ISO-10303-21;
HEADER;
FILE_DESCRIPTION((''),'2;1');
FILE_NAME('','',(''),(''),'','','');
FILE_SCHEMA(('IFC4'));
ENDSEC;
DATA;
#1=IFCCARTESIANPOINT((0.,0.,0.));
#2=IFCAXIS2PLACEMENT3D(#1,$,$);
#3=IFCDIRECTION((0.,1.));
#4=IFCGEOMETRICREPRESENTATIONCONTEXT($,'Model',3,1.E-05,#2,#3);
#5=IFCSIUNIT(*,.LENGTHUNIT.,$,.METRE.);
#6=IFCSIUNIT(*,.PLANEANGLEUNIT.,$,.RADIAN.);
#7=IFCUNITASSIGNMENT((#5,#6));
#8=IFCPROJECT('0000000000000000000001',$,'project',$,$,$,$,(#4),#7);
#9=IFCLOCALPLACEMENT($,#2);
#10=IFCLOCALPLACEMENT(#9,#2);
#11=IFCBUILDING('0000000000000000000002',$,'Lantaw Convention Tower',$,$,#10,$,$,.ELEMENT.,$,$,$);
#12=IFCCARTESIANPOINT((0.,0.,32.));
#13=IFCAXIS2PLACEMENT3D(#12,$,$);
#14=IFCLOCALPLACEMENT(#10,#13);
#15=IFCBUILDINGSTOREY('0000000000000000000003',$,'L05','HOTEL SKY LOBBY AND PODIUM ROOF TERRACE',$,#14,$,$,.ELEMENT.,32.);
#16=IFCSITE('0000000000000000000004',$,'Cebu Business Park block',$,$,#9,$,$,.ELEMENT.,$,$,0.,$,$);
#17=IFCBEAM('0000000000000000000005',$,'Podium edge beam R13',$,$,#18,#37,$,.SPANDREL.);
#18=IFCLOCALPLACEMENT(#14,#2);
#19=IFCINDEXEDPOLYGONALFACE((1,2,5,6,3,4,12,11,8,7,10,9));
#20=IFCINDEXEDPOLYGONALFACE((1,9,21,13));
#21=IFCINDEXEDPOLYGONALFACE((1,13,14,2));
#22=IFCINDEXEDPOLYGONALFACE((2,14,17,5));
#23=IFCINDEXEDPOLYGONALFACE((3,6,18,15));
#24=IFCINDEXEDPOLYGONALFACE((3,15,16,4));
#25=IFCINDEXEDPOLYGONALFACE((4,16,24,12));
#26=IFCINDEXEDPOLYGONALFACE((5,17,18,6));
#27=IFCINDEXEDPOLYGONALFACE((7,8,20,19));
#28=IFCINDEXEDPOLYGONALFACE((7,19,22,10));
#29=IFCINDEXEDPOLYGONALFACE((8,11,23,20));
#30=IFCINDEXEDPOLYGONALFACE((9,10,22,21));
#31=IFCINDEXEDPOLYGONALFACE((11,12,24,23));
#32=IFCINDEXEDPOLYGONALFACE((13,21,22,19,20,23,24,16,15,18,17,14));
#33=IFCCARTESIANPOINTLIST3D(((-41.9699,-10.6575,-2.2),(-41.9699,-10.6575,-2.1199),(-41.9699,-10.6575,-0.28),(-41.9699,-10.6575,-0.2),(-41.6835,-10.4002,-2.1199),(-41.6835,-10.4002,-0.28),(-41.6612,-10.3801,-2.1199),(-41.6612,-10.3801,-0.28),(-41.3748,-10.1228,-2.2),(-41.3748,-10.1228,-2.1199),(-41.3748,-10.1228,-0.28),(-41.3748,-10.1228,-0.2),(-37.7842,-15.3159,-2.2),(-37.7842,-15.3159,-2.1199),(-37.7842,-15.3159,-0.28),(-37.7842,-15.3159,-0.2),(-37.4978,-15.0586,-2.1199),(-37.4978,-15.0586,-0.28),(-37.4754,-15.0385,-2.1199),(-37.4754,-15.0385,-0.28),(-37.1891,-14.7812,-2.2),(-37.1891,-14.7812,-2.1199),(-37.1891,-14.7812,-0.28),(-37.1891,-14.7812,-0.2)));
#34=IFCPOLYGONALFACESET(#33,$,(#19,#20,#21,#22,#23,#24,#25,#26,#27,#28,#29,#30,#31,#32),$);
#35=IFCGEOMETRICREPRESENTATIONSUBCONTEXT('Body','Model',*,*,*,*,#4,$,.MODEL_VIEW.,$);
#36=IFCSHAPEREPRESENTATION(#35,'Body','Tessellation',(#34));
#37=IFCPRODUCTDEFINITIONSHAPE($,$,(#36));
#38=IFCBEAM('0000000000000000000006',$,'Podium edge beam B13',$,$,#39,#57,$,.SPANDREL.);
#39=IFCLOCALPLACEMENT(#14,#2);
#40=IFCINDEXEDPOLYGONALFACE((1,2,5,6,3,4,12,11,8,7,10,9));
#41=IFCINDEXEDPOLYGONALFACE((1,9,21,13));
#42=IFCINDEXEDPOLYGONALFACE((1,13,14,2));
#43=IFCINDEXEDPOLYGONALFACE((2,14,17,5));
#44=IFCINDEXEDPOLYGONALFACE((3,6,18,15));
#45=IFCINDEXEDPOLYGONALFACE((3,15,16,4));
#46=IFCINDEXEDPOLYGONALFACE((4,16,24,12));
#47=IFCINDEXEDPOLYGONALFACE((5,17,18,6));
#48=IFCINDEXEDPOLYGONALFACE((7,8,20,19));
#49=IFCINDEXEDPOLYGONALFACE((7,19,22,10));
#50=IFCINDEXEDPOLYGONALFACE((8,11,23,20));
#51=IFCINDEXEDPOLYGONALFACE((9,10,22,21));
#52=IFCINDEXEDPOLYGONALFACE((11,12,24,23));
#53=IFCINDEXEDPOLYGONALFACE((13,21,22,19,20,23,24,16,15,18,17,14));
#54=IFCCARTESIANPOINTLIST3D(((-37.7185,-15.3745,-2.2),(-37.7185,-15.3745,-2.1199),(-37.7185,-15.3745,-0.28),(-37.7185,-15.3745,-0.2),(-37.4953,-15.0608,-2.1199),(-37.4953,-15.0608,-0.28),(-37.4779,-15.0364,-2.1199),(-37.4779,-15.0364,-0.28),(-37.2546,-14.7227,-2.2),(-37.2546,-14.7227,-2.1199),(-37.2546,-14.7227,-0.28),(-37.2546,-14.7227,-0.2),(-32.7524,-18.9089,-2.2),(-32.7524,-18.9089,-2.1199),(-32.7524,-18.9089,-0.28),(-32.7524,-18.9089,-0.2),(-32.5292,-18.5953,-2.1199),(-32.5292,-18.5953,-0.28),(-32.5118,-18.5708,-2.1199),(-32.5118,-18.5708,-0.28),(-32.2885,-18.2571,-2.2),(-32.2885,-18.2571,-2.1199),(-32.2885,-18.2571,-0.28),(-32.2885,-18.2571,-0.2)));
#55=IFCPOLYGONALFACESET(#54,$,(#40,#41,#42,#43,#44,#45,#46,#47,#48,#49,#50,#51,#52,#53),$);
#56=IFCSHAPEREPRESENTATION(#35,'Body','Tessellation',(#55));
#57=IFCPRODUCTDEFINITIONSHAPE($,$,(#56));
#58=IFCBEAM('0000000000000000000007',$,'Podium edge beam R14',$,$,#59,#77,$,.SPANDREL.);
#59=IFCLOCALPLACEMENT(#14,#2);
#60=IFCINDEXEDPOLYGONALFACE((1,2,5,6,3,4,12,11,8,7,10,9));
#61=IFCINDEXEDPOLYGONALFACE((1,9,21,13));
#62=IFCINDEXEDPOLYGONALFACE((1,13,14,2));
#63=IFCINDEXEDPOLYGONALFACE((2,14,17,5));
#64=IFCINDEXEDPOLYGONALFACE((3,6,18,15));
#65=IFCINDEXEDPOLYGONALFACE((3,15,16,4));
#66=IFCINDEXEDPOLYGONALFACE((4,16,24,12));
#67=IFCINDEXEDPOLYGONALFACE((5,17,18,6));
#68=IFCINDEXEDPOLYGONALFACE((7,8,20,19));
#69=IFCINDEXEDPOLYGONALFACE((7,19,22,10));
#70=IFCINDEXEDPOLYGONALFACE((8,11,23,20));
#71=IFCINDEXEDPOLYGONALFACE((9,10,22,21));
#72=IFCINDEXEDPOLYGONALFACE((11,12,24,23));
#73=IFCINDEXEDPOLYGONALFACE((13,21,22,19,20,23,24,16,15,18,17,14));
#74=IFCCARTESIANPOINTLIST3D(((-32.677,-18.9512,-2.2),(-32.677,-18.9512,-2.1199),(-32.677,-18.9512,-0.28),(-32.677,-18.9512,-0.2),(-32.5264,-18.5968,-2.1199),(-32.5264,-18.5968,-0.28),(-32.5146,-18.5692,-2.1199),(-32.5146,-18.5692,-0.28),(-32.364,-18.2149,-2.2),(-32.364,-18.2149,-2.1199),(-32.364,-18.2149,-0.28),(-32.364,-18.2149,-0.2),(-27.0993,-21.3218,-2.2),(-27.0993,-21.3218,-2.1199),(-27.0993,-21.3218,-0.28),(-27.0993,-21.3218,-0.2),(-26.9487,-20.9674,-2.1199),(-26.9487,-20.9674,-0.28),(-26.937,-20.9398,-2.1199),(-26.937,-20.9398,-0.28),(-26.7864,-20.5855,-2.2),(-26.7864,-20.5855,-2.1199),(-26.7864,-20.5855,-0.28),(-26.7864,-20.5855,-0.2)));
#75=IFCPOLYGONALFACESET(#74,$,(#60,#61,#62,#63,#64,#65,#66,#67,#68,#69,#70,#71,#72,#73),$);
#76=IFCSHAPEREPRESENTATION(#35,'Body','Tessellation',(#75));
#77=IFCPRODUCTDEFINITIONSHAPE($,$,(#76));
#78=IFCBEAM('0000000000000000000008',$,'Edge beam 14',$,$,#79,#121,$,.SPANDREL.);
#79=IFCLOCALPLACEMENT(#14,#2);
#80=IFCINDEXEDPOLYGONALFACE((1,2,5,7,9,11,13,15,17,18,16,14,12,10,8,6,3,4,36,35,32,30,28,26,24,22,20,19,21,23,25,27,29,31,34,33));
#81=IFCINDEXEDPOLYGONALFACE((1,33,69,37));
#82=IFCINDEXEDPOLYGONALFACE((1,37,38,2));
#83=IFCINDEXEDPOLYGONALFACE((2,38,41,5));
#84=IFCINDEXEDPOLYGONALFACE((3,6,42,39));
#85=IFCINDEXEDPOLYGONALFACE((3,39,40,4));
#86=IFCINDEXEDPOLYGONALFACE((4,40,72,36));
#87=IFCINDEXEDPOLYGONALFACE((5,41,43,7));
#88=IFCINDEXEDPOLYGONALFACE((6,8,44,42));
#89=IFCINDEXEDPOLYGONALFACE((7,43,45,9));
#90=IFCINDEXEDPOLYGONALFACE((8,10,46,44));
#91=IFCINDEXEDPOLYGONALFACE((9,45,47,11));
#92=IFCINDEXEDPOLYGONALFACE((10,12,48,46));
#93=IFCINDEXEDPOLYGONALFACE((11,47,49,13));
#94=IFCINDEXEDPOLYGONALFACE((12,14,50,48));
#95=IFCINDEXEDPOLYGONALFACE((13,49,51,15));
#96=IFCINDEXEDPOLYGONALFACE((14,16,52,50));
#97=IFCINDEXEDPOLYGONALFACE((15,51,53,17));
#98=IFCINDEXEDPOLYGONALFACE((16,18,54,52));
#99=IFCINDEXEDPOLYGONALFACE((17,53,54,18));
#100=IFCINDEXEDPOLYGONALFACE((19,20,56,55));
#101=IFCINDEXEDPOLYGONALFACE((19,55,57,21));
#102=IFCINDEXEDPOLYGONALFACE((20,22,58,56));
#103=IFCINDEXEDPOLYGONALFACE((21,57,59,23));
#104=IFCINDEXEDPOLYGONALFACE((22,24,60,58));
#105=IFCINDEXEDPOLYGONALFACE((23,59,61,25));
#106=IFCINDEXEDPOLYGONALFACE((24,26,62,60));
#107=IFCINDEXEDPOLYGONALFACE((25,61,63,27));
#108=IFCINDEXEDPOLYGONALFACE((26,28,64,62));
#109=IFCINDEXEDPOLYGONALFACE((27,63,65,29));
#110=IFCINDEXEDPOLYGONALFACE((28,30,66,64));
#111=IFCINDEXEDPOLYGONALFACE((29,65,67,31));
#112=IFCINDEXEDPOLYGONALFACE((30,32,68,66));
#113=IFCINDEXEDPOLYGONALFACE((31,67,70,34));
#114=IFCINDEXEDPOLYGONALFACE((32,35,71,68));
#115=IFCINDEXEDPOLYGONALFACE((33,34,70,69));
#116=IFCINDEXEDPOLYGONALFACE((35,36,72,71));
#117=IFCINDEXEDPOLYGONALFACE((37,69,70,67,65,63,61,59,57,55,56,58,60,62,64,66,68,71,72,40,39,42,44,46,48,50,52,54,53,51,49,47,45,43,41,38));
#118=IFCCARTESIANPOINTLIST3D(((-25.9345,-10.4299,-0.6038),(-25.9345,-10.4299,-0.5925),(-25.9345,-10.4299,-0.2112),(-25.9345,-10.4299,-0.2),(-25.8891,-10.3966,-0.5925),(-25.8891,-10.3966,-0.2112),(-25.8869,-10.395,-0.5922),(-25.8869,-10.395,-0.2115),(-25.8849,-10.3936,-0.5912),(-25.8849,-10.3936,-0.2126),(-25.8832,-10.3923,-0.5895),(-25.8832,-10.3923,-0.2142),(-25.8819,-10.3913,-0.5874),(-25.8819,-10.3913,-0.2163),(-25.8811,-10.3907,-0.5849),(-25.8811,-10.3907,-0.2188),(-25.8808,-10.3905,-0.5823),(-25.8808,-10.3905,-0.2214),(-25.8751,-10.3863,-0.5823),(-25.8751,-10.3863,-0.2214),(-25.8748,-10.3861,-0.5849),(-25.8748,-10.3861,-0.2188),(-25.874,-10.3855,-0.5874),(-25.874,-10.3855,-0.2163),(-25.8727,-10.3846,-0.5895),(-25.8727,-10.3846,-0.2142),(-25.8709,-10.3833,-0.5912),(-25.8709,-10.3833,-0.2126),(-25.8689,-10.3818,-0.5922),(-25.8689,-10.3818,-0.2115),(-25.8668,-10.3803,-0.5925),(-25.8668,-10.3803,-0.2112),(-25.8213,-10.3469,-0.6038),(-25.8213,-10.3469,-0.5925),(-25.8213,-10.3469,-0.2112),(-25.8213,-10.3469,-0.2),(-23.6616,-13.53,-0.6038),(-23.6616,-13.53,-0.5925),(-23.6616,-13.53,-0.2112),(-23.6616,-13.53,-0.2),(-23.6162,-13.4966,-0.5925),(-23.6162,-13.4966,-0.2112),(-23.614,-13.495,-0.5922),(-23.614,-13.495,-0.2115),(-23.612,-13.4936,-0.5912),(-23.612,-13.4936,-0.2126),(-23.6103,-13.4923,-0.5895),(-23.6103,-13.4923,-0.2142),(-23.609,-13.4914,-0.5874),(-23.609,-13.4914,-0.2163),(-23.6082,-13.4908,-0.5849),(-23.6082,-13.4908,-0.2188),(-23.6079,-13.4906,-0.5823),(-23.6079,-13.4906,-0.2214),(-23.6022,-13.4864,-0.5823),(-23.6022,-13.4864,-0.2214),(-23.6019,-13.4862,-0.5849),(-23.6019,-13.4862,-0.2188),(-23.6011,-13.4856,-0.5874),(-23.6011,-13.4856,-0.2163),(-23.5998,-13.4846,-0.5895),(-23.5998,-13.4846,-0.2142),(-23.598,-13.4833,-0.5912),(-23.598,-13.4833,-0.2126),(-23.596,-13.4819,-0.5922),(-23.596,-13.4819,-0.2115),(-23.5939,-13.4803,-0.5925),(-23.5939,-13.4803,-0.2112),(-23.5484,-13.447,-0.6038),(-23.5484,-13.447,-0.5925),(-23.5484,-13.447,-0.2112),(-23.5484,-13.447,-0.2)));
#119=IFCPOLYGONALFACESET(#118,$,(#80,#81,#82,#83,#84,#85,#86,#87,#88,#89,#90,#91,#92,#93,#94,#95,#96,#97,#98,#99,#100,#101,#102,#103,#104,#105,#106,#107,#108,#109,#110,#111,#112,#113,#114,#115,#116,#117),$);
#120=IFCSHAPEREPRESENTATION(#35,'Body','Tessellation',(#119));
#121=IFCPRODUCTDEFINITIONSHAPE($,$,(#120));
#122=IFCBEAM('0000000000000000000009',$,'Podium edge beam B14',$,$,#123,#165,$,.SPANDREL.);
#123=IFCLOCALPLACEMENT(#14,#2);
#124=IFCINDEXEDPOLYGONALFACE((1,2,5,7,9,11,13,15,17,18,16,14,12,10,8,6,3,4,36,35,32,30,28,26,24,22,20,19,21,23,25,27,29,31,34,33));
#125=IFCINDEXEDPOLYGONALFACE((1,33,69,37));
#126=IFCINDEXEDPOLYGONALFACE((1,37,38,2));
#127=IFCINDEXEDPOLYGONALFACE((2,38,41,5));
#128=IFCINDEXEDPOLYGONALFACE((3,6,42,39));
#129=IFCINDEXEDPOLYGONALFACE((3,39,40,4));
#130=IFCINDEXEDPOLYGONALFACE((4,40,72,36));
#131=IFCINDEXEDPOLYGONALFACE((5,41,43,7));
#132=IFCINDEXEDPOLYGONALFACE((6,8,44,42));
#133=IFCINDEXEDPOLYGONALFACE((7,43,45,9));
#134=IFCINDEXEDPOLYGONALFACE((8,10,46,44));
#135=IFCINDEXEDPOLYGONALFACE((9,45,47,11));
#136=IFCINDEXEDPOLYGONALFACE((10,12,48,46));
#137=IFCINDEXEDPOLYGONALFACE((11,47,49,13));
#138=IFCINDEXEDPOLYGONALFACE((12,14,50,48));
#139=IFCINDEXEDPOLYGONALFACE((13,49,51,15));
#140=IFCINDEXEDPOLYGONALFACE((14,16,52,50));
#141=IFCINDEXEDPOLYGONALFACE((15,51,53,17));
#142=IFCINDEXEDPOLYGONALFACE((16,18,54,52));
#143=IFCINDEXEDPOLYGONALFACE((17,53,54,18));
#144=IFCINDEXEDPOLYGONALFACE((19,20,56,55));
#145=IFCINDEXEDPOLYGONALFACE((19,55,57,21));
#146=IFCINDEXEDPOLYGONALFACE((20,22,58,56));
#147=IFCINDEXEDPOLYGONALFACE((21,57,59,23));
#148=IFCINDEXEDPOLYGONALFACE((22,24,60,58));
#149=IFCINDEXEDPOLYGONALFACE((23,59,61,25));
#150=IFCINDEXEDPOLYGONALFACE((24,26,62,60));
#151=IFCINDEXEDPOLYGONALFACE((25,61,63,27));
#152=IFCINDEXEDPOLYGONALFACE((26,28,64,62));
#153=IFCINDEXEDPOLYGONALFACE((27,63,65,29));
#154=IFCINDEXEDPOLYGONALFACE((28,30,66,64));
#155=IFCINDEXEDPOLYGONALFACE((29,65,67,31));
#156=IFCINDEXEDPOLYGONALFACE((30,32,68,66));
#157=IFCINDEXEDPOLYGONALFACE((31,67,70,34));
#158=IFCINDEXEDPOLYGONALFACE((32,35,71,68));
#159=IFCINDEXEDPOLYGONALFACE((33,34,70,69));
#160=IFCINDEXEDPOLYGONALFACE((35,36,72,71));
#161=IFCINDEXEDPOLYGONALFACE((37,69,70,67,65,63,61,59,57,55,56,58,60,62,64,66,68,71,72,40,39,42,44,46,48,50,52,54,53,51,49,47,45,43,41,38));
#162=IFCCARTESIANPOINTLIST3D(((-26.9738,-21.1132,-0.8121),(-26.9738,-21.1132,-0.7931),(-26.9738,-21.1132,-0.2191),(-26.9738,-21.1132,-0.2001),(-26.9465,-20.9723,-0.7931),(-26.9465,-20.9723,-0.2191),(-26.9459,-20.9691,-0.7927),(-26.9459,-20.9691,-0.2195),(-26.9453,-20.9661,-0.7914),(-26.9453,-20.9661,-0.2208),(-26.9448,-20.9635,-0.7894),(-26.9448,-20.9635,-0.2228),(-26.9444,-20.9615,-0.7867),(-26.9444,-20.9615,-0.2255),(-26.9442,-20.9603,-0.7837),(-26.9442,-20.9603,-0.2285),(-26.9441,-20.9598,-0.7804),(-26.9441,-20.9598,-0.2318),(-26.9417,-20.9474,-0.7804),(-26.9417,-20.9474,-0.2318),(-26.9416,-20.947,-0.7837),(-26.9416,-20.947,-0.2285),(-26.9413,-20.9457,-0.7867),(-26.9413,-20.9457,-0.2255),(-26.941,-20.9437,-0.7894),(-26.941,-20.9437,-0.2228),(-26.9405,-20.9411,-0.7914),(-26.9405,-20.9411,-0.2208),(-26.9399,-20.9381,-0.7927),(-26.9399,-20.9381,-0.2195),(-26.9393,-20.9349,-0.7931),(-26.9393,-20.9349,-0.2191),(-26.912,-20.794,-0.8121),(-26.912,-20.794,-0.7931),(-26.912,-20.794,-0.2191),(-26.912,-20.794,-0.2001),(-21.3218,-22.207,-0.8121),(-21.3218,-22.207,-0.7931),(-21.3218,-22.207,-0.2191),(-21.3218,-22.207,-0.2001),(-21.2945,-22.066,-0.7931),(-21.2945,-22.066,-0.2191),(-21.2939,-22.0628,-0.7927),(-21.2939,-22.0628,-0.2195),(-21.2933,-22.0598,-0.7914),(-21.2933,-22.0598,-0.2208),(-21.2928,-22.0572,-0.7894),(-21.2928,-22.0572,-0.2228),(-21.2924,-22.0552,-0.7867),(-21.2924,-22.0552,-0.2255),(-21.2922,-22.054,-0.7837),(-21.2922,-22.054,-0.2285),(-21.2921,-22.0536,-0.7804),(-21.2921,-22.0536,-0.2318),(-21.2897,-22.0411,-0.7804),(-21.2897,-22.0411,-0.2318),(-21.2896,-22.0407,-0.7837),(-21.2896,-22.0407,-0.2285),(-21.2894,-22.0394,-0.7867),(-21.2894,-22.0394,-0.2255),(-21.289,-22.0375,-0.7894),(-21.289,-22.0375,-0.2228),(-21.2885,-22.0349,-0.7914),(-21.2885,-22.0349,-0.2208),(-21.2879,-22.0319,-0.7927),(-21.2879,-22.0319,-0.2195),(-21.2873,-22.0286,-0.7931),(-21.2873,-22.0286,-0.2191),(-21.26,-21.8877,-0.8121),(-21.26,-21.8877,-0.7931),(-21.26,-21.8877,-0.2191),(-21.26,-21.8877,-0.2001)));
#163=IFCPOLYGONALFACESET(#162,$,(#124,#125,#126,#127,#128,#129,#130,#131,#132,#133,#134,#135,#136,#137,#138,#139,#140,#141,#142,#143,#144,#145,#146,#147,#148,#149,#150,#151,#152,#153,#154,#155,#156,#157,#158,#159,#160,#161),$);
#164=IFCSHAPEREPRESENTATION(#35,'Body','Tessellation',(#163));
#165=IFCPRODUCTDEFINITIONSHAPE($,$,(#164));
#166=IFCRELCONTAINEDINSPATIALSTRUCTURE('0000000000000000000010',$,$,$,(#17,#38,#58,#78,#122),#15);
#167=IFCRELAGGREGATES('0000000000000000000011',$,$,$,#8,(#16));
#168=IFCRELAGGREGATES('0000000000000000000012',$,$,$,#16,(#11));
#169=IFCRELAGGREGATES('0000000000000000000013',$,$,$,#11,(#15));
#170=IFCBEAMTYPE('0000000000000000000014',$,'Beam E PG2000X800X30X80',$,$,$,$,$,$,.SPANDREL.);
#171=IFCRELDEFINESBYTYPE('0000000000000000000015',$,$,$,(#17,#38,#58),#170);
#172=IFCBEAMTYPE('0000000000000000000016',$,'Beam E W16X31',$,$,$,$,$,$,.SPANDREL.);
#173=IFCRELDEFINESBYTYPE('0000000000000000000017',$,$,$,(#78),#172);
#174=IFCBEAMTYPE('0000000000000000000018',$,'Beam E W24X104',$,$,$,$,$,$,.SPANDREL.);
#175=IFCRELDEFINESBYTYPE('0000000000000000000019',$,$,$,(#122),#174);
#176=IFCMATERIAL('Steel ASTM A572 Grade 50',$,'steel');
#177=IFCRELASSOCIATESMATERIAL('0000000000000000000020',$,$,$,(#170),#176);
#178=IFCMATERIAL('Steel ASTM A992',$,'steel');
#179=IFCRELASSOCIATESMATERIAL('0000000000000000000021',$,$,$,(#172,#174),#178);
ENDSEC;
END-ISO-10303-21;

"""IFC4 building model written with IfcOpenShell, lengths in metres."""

from ifc_helpers import new_model, si_unit, direction, frame, origin, origin_2d, place, context, subcontext, project, spatial, i_section, extrude, material, material_profile, profile_set, type_object, element, save


model = new_model("IFC4")

# Units and contexts
model_context = context("Model", 3, precision=1e-05, world=origin(), true_north=direction((0.0, 1.0)))
body_context = subcontext(model_context, "Body", "Model", "MODEL_VIEW")
ifc_project = project(units=[si_unit("LENGTHUNIT", "METRE"), si_unit("PLANEANGLEUNIT", "RADIAN")], contexts=[model_context])

# Site, building, storey
site_placement = place(None, origin())
site = spatial("IfcSite", under=ifc_project, at=site_placement, Name="Cebu Business Park block", CompositionType="ELEMENT", RefElevation=0.0)
building_placement = place(site_placement, origin())
building = spatial("IfcBuilding", under=site, at=building_placement, Name="Lantaw Convention Tower", CompositionType="ELEMENT")
storey_placement = place(building_placement, frame((0.0, 0.0, 32.0)))
storey = spatial("IfcBuildingStorey", under=building, at=storey_placement, Name="L05", Description="HOTEL SKY LOBBY AND PODIUM ROOF TERRACE", CompositionType="ELEMENT", Elevation=32.0)

# Beams
ifc_material_1 = material(Name="Steel ASTM A572 Grade 50", Category="steel")
ifc_material_profile_1 = material_profile(ifc_material_1, i_section(OverallWidth=0.8, OverallDepth=2.0, WebThickness=0.03, FlangeThickness=0.0801, at=origin_2d()), Name="PG2000X800X30X80")
ifc_profile_set_1 = profile_set([ifc_material_profile_1], Name="Steel ASTM A572 Grade 50")
beam_type_1 = type_object("IfcBeamType", Name="Beam E PG2000X800X30X80", PredefinedType="SPANDREL", material=ifc_profile_set_1)
beam_1_placement = place(storey_placement, frame((-41.6724, -10.3901, -1.2), z_axis=(0.668364, -0.743835, 0.0), x_axis=(0.743835, 0.668364, 0.0)))
element("IfcBeam", 1, at=beam_1_placement, inside=storey, type_object=beam_type_1, Name="Podium edge beam R13", PredefinedType="SPANDREL", context=body_context, shape_type="SweptSolid", body=[
    extrude(i_section(OverallWidth=0.8, OverallDepth=2.0, WebThickness=0.03, FlangeThickness=0.0801, at=origin_2d()), origin(), (0.0, 0.0, 1.0), 6.2627),
])
beam_2_placement = place(storey_placement, frame((-37.4866, -15.0486, -1.2), z_axis=(0.814723, -0.579851, 0.0), x_axis=(0.579851, 0.814723, 0.0)))
element("IfcBeam", 2, at=beam_2_placement, inside=storey, type_object=beam_type_1, Name="Podium edge beam B13", PredefinedType="SPANDREL", context=body_context, shape_type="SweptSolid", body=[
    extrude(i_section(OverallWidth=0.8, OverallDepth=2.0, WebThickness=0.03, FlangeThickness=0.0801, at=origin_2d()), origin(), (0.0, 0.0, 1.0), 6.0955),
])
beam_3_placement = place(storey_placement, frame((-32.5205, -18.583, -1.2), z_axis=(0.920324, -0.391156, 0.0), x_axis=(0.391156, 0.920324, 0.0)))
element("IfcBeam", 3, at=beam_3_placement, inside=storey, type_object=beam_type_1, Name="Podium edge beam R14", PredefinedType="SPANDREL", context=body_context, shape_type="SweptSolid", body=[
    extrude(i_section(OverallWidth=0.8, OverallDepth=2.0, WebThickness=0.03, FlangeThickness=0.0801, at=origin_2d()), origin(), (0.0, 0.0, 1.0), 6.0605),
])
ifc_material_2 = material(Name="Steel ASTM A992", Category="steel")
ifc_material_profile_2 = material_profile(ifc_material_2, i_section(OverallWidth=0.1404, OverallDepth=0.4038, WebThickness=0.0071, FlangeThickness=0.0112, FilletRadius=0.0103, at=origin_2d()), Name="W16X31")
ifc_profile_set_2 = profile_set([ifc_material_profile_2], Name="Steel ASTM A992")
beam_type_2 = type_object("IfcBeamType", Name="Beam E W16X31", PredefinedType="SPANDREL", material=ifc_profile_set_2)
beam_4_placement = place(storey_placement, frame((-25.8779, -10.3884, -0.4019), z_axis=(0.591287, -0.806462, 0.0), x_axis=(0.806462, 0.591287, 0.0)))
element("IfcBeam", 4, at=beam_4_placement, inside=storey, type_object=beam_type_2, Name="Edge beam 14", PredefinedType="SPANDREL", context=body_context, shape_type="SweptSolid", body=[
    extrude(i_section(OverallWidth=0.1404, OverallDepth=0.4038, WebThickness=0.0071, FlangeThickness=0.0112, FilletRadius=0.0103, at=origin_2d()), origin(), (0.0, 0.0, 1.0), 3.844),
])
ifc_material_profile_3 = material_profile(ifc_material_2, i_section(OverallWidth=0.3252, OverallDepth=0.6121, WebThickness=0.0127, FlangeThickness=0.019, FilletRadius=0.0127, at=origin_2d()), Name="W24X104")
ifc_profile_set_3 = profile_set([ifc_material_profile_3], Name="Steel ASTM A992")
beam_type_3 = type_object("IfcBeamType", Name="Beam E W24X104", PredefinedType="SPANDREL", material=ifc_profile_set_3)
beam_5_placement = place(storey_placement, frame((-26.9429, -20.9536, -0.5061), z_axis=(0.981786, -0.189988, 0.0), x_axis=(0.189988, 0.981786, 0.0)))
element("IfcBeam", 5, at=beam_5_placement, inside=storey, type_object=beam_type_3, Name="Podium edge beam B14", PredefinedType="SPANDREL", context=body_context, shape_type="SweptSolid", body=[
    extrude(i_section(OverallWidth=0.3252, OverallDepth=0.6121, WebThickness=0.0127, FlangeThickness=0.019, FilletRadius=0.0127, at=origin_2d()), origin(), (0.0, 0.0, 1.0), 5.7568),
])

save(model, "model.ifc")
